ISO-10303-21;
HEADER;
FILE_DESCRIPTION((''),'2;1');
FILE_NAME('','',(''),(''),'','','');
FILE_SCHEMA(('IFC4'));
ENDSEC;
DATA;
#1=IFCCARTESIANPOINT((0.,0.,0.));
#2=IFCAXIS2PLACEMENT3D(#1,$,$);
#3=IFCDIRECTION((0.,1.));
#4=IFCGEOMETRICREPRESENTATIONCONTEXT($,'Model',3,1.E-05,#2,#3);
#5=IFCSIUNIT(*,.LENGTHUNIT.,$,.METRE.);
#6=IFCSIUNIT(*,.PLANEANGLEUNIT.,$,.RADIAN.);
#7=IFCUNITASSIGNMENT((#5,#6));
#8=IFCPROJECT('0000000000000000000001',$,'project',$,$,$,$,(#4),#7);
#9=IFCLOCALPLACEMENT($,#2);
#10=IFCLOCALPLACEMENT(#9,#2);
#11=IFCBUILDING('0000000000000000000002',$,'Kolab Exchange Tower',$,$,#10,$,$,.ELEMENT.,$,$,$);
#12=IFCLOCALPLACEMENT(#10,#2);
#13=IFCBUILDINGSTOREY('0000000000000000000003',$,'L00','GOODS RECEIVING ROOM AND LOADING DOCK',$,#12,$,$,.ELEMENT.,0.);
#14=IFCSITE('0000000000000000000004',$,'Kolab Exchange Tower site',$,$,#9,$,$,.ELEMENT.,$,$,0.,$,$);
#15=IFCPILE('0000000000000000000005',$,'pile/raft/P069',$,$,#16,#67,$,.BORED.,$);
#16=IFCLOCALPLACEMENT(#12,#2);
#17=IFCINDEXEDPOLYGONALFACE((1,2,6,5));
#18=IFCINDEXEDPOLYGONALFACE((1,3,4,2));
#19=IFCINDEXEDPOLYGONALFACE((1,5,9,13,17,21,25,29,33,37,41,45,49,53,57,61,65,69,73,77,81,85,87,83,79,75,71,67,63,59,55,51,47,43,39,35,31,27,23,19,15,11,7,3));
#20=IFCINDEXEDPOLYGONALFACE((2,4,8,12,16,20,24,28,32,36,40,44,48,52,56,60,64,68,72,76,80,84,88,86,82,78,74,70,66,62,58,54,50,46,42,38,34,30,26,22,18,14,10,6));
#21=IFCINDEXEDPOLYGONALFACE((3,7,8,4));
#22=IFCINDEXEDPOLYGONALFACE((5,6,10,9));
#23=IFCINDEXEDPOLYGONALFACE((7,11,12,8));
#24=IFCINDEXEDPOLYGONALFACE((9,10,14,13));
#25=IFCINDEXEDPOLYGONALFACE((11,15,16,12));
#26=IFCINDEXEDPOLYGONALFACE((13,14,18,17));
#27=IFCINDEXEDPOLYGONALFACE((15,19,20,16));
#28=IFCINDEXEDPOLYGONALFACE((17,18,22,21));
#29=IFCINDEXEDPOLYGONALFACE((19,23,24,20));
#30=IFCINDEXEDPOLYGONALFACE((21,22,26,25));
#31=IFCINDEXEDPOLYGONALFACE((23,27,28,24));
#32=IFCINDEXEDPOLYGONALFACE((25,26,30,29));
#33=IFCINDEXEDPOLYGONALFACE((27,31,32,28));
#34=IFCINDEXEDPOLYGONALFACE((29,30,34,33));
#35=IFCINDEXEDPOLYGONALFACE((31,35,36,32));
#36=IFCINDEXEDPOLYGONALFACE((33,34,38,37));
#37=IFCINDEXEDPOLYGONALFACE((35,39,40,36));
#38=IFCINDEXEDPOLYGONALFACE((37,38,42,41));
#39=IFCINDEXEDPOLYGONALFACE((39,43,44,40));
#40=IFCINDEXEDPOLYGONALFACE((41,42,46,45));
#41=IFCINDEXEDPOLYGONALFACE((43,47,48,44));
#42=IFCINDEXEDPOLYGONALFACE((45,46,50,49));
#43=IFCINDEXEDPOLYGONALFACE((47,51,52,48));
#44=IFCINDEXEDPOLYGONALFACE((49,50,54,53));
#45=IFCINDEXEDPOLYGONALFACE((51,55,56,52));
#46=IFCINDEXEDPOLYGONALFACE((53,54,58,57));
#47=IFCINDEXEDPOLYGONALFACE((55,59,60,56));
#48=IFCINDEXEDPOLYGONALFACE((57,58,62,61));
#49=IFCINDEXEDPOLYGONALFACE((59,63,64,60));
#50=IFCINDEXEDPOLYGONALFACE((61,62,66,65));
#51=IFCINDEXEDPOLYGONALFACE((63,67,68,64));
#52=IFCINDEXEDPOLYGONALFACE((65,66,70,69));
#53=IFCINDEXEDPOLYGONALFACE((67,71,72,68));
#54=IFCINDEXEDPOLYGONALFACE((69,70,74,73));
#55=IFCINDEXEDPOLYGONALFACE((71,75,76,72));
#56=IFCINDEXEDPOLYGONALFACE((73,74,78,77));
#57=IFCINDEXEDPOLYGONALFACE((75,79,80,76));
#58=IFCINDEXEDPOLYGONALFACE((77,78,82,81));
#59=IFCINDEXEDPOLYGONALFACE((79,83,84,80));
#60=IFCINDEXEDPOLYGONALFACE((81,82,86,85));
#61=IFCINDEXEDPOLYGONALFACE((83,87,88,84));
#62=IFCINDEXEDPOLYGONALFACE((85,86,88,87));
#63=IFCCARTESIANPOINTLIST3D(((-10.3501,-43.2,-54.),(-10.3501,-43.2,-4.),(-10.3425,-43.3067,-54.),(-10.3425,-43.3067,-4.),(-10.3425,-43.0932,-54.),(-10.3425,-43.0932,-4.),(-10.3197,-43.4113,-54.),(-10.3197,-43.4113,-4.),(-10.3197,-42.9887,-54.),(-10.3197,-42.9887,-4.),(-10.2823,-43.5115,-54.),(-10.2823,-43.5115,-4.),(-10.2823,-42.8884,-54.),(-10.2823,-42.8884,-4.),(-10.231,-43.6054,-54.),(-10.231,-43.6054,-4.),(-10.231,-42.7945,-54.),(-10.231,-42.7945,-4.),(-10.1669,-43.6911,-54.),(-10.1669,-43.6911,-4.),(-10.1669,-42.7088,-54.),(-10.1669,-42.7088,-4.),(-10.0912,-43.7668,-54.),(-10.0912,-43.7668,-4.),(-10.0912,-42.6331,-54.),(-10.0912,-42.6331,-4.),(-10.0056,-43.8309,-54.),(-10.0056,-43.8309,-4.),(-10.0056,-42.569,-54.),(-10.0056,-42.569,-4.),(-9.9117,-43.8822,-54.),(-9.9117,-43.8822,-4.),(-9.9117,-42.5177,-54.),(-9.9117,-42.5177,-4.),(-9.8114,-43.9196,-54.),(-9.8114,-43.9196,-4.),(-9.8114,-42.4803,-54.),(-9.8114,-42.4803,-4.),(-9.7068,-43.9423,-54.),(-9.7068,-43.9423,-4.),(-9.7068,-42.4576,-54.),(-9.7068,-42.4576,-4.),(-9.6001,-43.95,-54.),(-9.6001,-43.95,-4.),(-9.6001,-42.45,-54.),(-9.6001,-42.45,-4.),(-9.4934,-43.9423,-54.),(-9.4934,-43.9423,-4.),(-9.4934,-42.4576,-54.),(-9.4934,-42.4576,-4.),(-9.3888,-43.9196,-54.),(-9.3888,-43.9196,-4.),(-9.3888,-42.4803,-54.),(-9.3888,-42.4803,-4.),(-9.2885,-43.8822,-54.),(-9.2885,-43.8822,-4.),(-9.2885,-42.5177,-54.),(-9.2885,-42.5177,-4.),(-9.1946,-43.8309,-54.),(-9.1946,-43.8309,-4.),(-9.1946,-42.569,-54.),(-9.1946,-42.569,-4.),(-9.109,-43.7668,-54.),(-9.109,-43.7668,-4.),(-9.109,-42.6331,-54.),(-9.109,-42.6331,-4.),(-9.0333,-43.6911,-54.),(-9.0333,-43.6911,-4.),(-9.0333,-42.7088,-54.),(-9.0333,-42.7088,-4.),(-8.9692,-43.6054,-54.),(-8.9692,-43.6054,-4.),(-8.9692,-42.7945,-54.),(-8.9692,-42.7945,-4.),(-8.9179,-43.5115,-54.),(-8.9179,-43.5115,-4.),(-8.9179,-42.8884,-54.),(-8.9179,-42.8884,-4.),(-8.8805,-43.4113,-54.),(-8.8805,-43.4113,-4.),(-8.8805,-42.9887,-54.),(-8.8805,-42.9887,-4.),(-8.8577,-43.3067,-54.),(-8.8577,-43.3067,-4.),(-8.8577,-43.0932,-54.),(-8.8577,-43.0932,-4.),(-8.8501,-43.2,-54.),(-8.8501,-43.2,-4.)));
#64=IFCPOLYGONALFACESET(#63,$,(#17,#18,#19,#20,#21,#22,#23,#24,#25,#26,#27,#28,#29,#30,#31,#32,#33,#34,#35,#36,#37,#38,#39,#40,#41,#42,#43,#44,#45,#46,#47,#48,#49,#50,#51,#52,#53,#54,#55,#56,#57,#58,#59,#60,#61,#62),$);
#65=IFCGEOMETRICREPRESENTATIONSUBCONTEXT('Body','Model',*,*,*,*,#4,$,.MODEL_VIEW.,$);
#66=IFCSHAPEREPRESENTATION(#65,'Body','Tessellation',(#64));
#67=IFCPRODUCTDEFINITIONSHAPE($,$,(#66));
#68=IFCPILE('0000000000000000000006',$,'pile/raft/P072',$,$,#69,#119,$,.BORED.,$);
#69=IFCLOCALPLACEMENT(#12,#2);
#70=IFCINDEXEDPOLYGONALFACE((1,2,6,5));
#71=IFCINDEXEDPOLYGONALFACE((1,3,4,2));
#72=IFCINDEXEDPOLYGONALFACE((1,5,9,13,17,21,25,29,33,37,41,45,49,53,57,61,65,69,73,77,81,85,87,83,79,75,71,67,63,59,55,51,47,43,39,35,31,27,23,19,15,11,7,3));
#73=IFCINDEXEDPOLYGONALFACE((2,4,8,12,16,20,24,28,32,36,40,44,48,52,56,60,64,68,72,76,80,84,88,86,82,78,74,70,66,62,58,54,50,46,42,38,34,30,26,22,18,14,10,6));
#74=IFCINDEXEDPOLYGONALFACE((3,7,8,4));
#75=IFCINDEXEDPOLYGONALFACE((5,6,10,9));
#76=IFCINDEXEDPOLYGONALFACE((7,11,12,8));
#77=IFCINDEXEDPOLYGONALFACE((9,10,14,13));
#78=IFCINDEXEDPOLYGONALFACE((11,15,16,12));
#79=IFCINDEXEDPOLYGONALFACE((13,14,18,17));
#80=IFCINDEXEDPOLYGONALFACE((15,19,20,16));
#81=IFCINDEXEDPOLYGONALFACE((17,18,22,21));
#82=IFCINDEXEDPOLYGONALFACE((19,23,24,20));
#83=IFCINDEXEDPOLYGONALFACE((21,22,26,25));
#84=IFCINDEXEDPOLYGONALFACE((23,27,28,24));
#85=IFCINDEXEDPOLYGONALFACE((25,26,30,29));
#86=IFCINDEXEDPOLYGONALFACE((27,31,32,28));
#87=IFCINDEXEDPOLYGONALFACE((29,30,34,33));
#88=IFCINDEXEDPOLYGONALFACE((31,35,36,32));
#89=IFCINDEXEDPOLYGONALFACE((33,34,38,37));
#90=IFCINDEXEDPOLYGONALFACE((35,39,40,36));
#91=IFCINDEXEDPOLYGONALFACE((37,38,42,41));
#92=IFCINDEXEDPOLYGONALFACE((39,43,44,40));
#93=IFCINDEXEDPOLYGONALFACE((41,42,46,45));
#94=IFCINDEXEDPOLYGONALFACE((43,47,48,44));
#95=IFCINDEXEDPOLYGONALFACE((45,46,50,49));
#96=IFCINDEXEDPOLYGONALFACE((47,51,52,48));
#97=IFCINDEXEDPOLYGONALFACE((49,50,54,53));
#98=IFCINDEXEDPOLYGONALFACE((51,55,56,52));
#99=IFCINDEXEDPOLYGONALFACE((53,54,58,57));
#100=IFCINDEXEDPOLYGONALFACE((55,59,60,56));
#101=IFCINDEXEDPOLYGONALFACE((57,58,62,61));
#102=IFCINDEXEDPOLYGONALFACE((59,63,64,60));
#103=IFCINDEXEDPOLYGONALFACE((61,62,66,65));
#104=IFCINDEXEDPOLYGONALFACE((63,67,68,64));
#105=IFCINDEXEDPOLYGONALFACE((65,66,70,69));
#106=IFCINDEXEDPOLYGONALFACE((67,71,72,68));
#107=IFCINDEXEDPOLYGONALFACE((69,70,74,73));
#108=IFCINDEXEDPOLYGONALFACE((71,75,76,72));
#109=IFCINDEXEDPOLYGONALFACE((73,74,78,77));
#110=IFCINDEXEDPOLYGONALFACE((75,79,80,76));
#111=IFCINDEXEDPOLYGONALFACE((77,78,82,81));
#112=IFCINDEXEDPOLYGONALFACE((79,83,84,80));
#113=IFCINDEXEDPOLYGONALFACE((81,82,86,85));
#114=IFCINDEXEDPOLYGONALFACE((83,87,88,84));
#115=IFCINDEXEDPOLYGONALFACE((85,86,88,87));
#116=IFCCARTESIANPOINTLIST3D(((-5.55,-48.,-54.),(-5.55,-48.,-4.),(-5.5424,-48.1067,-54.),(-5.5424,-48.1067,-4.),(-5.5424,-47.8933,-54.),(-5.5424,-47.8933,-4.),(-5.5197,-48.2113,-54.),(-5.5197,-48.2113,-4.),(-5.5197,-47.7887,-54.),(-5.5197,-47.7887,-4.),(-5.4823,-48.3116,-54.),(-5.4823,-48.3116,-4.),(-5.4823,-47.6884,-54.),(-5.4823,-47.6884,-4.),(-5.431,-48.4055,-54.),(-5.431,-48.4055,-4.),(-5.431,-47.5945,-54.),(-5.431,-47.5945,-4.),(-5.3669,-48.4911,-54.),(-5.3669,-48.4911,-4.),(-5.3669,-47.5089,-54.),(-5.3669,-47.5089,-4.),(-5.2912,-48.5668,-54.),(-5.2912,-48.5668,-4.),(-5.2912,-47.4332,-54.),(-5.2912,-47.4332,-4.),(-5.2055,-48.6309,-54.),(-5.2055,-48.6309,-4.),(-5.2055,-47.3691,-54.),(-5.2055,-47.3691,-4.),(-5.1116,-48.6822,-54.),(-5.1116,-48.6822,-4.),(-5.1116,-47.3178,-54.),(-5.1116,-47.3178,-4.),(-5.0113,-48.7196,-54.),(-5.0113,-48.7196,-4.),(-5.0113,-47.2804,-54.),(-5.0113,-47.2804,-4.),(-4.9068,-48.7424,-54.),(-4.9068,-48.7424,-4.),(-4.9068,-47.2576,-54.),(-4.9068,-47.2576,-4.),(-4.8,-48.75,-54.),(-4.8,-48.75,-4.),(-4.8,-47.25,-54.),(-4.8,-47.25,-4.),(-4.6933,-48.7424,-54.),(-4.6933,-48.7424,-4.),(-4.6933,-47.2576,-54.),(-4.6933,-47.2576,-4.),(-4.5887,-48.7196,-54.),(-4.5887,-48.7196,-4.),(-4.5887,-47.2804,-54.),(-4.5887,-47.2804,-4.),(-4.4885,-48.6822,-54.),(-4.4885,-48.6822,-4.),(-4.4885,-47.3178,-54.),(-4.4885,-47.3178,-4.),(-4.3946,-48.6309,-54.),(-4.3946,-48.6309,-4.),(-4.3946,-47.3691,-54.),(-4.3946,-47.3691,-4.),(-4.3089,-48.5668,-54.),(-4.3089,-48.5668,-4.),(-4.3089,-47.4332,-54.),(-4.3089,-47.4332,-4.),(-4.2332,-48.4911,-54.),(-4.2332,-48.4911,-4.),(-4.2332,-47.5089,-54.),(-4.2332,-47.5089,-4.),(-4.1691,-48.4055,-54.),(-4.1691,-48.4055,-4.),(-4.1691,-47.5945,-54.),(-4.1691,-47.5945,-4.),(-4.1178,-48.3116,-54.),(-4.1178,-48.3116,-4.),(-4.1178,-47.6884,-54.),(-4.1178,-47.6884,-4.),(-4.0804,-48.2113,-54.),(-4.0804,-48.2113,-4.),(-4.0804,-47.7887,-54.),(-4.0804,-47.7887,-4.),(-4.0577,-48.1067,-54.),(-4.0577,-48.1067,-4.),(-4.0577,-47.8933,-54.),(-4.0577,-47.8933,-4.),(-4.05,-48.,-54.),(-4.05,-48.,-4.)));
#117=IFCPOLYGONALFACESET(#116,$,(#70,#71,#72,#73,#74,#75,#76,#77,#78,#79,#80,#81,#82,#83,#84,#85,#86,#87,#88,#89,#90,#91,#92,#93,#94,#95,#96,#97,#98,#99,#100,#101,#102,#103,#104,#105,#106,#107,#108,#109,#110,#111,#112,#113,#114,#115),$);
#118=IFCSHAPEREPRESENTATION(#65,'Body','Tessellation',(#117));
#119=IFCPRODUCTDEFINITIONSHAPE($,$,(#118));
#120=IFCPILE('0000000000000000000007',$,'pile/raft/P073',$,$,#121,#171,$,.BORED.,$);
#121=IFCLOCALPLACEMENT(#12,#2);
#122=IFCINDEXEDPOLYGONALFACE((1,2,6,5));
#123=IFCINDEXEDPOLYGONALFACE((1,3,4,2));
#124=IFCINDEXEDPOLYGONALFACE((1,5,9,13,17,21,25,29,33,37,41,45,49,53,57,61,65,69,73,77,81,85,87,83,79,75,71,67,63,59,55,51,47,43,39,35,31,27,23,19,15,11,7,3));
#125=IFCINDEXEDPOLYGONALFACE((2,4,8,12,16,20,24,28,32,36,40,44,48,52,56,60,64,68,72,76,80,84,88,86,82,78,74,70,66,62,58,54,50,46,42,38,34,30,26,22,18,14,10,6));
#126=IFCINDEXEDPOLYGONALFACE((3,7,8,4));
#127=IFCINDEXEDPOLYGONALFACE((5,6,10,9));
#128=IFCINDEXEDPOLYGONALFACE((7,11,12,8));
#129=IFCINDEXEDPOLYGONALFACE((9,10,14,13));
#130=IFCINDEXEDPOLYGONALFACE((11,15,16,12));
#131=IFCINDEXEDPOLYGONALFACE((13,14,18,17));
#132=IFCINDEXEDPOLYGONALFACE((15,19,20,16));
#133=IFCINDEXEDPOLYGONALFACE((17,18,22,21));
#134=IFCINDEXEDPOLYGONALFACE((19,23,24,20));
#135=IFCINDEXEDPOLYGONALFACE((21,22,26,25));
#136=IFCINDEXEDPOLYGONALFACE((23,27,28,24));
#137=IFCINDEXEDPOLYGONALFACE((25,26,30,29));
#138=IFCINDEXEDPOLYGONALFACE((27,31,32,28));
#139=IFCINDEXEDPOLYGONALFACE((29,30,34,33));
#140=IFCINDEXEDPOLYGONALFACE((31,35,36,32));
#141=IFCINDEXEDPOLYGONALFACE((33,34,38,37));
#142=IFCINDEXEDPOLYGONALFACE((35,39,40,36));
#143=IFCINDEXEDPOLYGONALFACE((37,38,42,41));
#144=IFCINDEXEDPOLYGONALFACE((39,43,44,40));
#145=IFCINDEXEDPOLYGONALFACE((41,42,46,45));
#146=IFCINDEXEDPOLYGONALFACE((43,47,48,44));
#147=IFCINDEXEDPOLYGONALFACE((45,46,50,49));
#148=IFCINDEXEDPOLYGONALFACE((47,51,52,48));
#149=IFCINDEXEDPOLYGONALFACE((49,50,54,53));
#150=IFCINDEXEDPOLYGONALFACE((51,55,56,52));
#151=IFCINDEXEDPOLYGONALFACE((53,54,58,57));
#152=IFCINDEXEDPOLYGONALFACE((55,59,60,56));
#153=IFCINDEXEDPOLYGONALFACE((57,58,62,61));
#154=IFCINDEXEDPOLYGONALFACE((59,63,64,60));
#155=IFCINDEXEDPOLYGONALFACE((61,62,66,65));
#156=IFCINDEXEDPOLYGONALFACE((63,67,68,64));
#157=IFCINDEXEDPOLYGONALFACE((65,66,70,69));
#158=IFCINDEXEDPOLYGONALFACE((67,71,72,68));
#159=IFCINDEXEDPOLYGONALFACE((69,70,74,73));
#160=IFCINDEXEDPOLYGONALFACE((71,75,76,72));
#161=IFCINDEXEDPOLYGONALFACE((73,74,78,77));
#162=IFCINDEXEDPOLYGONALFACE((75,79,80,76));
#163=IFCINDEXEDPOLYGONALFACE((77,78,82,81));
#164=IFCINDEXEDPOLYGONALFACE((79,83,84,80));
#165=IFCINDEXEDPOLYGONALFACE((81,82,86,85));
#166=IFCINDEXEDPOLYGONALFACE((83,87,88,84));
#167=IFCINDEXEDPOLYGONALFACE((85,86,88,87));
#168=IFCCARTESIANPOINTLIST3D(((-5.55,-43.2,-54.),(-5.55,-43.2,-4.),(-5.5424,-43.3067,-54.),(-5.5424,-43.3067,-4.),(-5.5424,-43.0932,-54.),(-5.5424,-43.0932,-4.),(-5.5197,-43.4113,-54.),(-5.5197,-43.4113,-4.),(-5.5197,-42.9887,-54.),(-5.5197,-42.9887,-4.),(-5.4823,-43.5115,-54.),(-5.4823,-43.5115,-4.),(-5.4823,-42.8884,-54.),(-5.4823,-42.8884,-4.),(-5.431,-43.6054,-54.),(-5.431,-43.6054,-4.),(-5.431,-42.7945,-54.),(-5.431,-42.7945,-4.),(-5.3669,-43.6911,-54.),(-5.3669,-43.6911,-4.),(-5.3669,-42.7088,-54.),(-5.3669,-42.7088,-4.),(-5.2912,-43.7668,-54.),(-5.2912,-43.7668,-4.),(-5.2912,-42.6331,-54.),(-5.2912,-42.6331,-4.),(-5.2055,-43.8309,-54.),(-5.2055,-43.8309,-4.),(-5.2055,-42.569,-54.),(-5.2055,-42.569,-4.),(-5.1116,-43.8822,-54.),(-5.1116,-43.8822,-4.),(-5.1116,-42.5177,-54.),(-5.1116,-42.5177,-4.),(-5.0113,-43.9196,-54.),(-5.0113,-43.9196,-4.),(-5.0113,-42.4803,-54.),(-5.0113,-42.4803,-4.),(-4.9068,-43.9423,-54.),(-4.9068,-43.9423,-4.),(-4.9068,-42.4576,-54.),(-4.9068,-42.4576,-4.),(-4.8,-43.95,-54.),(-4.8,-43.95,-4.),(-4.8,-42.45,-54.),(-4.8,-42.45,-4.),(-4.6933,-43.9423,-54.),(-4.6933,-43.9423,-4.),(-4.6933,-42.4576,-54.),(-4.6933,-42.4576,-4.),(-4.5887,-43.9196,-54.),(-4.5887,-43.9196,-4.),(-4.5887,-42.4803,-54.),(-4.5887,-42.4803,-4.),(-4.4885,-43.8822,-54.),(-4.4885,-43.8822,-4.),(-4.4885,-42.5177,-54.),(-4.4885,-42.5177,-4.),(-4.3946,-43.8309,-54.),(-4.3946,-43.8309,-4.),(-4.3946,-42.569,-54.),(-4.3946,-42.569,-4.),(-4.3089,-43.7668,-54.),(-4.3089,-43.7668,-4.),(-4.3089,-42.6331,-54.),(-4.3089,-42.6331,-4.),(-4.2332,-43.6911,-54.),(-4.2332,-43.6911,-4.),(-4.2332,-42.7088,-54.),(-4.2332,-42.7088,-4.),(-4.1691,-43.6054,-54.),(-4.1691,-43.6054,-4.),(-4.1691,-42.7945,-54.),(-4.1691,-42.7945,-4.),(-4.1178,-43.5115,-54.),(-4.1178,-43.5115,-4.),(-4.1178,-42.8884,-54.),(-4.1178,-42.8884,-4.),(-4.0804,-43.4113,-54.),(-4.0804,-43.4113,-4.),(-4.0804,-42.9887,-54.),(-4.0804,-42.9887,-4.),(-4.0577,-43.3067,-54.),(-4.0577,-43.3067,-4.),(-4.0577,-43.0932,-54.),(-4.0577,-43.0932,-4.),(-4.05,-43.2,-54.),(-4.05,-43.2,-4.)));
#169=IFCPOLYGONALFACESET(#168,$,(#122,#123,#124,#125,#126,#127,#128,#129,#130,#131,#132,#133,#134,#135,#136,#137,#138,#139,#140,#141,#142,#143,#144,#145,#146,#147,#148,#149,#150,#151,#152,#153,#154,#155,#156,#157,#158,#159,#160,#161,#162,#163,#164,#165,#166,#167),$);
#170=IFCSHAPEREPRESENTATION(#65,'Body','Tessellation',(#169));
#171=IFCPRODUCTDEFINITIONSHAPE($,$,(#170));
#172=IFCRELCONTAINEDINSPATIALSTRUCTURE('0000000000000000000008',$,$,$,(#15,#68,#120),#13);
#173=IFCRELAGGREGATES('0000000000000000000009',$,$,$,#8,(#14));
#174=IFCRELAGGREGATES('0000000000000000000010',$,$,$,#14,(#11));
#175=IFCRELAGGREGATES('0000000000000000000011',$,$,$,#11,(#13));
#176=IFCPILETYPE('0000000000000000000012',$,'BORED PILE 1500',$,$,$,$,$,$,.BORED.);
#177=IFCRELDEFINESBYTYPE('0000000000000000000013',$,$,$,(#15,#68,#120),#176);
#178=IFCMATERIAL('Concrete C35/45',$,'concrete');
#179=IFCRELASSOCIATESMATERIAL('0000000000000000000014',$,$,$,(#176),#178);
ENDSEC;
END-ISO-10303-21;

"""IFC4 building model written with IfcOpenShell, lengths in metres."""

from ifc_helpers import new_model, si_unit, direction, frame, origin, origin_2d, place, context, subcontext, project, spatial, circle, extrude, material, material_profile, profile_set, type_object, element, save


model = new_model("IFC4")

# Units and contexts
model_context = context("Model", 3, precision=1e-05, world=origin(), true_north=direction((0.0, 1.0)))
body_context = subcontext(model_context, "Body", "Model", "MODEL_VIEW")
ifc_project = project(units=[si_unit("LENGTHUNIT", "METRE"), si_unit("PLANEANGLEUNIT", "RADIAN")], contexts=[model_context])

# Site, building, storey
site_placement = place(None, origin())
site = spatial("IfcSite", under=ifc_project, at=site_placement, Name="Kolab Exchange Tower site", CompositionType="ELEMENT", RefElevation=0.0)
building_placement = place(site_placement, origin())
building = spatial("IfcBuilding", under=site, at=building_placement, Name="Kolab Exchange Tower", CompositionType="ELEMENT")
storey_placement = place(building_placement, origin())
storey = spatial("IfcBuildingStorey", under=building, at=storey_placement, Name="L00", Description="GOODS RECEIVING ROOM AND LOADING DOCK", CompositionType="ELEMENT", Elevation=0.0)

# Piles
ifc_material_1 = material(Name="Concrete C35/45", Category="concrete")
ifc_material_profile_1 = material_profile(ifc_material_1, circle(Radius=0.75, at=origin_2d()), Name="BP1500")
ifc_profile_set_1 = profile_set([ifc_material_profile_1], Name="Concrete C35/45")
pile_type_1 = type_object("IfcPileType", Name="BORED PILE 1500", PredefinedType="BORED", material=ifc_profile_set_1)
for number, where, z_axis, x_axis, name in (
    (1, (-9.6001, -43.2, -4.0), (0.0, 0.0, -1.0), (1.0, 0.0, 0.0), "pile/raft/P069"),
    (2, (-4.8, -48.0, -4.0), (0.0, 0.0, -1.0), (1.0, 0.0, 0.0), "pile/raft/P072"),
    (3, (-4.8, -43.2, -4.0), (0.0, 0.0, -1.0), (1.0, 0.0, 0.0), "pile/raft/P073"),
):
    element("IfcPile", number, at=place(storey_placement, frame(where, z_axis=z_axis, x_axis=x_axis)), inside=storey, type_object=pile_type_1, Name=name, PredefinedType="BORED", context=body_context, shape_type="SweptSolid", body=[
        extrude(circle(Radius=0.75, at=origin_2d()), origin(), (0.0, 0.0, 1.0), 50.0),
    ])

save(model, "model.ifc")
